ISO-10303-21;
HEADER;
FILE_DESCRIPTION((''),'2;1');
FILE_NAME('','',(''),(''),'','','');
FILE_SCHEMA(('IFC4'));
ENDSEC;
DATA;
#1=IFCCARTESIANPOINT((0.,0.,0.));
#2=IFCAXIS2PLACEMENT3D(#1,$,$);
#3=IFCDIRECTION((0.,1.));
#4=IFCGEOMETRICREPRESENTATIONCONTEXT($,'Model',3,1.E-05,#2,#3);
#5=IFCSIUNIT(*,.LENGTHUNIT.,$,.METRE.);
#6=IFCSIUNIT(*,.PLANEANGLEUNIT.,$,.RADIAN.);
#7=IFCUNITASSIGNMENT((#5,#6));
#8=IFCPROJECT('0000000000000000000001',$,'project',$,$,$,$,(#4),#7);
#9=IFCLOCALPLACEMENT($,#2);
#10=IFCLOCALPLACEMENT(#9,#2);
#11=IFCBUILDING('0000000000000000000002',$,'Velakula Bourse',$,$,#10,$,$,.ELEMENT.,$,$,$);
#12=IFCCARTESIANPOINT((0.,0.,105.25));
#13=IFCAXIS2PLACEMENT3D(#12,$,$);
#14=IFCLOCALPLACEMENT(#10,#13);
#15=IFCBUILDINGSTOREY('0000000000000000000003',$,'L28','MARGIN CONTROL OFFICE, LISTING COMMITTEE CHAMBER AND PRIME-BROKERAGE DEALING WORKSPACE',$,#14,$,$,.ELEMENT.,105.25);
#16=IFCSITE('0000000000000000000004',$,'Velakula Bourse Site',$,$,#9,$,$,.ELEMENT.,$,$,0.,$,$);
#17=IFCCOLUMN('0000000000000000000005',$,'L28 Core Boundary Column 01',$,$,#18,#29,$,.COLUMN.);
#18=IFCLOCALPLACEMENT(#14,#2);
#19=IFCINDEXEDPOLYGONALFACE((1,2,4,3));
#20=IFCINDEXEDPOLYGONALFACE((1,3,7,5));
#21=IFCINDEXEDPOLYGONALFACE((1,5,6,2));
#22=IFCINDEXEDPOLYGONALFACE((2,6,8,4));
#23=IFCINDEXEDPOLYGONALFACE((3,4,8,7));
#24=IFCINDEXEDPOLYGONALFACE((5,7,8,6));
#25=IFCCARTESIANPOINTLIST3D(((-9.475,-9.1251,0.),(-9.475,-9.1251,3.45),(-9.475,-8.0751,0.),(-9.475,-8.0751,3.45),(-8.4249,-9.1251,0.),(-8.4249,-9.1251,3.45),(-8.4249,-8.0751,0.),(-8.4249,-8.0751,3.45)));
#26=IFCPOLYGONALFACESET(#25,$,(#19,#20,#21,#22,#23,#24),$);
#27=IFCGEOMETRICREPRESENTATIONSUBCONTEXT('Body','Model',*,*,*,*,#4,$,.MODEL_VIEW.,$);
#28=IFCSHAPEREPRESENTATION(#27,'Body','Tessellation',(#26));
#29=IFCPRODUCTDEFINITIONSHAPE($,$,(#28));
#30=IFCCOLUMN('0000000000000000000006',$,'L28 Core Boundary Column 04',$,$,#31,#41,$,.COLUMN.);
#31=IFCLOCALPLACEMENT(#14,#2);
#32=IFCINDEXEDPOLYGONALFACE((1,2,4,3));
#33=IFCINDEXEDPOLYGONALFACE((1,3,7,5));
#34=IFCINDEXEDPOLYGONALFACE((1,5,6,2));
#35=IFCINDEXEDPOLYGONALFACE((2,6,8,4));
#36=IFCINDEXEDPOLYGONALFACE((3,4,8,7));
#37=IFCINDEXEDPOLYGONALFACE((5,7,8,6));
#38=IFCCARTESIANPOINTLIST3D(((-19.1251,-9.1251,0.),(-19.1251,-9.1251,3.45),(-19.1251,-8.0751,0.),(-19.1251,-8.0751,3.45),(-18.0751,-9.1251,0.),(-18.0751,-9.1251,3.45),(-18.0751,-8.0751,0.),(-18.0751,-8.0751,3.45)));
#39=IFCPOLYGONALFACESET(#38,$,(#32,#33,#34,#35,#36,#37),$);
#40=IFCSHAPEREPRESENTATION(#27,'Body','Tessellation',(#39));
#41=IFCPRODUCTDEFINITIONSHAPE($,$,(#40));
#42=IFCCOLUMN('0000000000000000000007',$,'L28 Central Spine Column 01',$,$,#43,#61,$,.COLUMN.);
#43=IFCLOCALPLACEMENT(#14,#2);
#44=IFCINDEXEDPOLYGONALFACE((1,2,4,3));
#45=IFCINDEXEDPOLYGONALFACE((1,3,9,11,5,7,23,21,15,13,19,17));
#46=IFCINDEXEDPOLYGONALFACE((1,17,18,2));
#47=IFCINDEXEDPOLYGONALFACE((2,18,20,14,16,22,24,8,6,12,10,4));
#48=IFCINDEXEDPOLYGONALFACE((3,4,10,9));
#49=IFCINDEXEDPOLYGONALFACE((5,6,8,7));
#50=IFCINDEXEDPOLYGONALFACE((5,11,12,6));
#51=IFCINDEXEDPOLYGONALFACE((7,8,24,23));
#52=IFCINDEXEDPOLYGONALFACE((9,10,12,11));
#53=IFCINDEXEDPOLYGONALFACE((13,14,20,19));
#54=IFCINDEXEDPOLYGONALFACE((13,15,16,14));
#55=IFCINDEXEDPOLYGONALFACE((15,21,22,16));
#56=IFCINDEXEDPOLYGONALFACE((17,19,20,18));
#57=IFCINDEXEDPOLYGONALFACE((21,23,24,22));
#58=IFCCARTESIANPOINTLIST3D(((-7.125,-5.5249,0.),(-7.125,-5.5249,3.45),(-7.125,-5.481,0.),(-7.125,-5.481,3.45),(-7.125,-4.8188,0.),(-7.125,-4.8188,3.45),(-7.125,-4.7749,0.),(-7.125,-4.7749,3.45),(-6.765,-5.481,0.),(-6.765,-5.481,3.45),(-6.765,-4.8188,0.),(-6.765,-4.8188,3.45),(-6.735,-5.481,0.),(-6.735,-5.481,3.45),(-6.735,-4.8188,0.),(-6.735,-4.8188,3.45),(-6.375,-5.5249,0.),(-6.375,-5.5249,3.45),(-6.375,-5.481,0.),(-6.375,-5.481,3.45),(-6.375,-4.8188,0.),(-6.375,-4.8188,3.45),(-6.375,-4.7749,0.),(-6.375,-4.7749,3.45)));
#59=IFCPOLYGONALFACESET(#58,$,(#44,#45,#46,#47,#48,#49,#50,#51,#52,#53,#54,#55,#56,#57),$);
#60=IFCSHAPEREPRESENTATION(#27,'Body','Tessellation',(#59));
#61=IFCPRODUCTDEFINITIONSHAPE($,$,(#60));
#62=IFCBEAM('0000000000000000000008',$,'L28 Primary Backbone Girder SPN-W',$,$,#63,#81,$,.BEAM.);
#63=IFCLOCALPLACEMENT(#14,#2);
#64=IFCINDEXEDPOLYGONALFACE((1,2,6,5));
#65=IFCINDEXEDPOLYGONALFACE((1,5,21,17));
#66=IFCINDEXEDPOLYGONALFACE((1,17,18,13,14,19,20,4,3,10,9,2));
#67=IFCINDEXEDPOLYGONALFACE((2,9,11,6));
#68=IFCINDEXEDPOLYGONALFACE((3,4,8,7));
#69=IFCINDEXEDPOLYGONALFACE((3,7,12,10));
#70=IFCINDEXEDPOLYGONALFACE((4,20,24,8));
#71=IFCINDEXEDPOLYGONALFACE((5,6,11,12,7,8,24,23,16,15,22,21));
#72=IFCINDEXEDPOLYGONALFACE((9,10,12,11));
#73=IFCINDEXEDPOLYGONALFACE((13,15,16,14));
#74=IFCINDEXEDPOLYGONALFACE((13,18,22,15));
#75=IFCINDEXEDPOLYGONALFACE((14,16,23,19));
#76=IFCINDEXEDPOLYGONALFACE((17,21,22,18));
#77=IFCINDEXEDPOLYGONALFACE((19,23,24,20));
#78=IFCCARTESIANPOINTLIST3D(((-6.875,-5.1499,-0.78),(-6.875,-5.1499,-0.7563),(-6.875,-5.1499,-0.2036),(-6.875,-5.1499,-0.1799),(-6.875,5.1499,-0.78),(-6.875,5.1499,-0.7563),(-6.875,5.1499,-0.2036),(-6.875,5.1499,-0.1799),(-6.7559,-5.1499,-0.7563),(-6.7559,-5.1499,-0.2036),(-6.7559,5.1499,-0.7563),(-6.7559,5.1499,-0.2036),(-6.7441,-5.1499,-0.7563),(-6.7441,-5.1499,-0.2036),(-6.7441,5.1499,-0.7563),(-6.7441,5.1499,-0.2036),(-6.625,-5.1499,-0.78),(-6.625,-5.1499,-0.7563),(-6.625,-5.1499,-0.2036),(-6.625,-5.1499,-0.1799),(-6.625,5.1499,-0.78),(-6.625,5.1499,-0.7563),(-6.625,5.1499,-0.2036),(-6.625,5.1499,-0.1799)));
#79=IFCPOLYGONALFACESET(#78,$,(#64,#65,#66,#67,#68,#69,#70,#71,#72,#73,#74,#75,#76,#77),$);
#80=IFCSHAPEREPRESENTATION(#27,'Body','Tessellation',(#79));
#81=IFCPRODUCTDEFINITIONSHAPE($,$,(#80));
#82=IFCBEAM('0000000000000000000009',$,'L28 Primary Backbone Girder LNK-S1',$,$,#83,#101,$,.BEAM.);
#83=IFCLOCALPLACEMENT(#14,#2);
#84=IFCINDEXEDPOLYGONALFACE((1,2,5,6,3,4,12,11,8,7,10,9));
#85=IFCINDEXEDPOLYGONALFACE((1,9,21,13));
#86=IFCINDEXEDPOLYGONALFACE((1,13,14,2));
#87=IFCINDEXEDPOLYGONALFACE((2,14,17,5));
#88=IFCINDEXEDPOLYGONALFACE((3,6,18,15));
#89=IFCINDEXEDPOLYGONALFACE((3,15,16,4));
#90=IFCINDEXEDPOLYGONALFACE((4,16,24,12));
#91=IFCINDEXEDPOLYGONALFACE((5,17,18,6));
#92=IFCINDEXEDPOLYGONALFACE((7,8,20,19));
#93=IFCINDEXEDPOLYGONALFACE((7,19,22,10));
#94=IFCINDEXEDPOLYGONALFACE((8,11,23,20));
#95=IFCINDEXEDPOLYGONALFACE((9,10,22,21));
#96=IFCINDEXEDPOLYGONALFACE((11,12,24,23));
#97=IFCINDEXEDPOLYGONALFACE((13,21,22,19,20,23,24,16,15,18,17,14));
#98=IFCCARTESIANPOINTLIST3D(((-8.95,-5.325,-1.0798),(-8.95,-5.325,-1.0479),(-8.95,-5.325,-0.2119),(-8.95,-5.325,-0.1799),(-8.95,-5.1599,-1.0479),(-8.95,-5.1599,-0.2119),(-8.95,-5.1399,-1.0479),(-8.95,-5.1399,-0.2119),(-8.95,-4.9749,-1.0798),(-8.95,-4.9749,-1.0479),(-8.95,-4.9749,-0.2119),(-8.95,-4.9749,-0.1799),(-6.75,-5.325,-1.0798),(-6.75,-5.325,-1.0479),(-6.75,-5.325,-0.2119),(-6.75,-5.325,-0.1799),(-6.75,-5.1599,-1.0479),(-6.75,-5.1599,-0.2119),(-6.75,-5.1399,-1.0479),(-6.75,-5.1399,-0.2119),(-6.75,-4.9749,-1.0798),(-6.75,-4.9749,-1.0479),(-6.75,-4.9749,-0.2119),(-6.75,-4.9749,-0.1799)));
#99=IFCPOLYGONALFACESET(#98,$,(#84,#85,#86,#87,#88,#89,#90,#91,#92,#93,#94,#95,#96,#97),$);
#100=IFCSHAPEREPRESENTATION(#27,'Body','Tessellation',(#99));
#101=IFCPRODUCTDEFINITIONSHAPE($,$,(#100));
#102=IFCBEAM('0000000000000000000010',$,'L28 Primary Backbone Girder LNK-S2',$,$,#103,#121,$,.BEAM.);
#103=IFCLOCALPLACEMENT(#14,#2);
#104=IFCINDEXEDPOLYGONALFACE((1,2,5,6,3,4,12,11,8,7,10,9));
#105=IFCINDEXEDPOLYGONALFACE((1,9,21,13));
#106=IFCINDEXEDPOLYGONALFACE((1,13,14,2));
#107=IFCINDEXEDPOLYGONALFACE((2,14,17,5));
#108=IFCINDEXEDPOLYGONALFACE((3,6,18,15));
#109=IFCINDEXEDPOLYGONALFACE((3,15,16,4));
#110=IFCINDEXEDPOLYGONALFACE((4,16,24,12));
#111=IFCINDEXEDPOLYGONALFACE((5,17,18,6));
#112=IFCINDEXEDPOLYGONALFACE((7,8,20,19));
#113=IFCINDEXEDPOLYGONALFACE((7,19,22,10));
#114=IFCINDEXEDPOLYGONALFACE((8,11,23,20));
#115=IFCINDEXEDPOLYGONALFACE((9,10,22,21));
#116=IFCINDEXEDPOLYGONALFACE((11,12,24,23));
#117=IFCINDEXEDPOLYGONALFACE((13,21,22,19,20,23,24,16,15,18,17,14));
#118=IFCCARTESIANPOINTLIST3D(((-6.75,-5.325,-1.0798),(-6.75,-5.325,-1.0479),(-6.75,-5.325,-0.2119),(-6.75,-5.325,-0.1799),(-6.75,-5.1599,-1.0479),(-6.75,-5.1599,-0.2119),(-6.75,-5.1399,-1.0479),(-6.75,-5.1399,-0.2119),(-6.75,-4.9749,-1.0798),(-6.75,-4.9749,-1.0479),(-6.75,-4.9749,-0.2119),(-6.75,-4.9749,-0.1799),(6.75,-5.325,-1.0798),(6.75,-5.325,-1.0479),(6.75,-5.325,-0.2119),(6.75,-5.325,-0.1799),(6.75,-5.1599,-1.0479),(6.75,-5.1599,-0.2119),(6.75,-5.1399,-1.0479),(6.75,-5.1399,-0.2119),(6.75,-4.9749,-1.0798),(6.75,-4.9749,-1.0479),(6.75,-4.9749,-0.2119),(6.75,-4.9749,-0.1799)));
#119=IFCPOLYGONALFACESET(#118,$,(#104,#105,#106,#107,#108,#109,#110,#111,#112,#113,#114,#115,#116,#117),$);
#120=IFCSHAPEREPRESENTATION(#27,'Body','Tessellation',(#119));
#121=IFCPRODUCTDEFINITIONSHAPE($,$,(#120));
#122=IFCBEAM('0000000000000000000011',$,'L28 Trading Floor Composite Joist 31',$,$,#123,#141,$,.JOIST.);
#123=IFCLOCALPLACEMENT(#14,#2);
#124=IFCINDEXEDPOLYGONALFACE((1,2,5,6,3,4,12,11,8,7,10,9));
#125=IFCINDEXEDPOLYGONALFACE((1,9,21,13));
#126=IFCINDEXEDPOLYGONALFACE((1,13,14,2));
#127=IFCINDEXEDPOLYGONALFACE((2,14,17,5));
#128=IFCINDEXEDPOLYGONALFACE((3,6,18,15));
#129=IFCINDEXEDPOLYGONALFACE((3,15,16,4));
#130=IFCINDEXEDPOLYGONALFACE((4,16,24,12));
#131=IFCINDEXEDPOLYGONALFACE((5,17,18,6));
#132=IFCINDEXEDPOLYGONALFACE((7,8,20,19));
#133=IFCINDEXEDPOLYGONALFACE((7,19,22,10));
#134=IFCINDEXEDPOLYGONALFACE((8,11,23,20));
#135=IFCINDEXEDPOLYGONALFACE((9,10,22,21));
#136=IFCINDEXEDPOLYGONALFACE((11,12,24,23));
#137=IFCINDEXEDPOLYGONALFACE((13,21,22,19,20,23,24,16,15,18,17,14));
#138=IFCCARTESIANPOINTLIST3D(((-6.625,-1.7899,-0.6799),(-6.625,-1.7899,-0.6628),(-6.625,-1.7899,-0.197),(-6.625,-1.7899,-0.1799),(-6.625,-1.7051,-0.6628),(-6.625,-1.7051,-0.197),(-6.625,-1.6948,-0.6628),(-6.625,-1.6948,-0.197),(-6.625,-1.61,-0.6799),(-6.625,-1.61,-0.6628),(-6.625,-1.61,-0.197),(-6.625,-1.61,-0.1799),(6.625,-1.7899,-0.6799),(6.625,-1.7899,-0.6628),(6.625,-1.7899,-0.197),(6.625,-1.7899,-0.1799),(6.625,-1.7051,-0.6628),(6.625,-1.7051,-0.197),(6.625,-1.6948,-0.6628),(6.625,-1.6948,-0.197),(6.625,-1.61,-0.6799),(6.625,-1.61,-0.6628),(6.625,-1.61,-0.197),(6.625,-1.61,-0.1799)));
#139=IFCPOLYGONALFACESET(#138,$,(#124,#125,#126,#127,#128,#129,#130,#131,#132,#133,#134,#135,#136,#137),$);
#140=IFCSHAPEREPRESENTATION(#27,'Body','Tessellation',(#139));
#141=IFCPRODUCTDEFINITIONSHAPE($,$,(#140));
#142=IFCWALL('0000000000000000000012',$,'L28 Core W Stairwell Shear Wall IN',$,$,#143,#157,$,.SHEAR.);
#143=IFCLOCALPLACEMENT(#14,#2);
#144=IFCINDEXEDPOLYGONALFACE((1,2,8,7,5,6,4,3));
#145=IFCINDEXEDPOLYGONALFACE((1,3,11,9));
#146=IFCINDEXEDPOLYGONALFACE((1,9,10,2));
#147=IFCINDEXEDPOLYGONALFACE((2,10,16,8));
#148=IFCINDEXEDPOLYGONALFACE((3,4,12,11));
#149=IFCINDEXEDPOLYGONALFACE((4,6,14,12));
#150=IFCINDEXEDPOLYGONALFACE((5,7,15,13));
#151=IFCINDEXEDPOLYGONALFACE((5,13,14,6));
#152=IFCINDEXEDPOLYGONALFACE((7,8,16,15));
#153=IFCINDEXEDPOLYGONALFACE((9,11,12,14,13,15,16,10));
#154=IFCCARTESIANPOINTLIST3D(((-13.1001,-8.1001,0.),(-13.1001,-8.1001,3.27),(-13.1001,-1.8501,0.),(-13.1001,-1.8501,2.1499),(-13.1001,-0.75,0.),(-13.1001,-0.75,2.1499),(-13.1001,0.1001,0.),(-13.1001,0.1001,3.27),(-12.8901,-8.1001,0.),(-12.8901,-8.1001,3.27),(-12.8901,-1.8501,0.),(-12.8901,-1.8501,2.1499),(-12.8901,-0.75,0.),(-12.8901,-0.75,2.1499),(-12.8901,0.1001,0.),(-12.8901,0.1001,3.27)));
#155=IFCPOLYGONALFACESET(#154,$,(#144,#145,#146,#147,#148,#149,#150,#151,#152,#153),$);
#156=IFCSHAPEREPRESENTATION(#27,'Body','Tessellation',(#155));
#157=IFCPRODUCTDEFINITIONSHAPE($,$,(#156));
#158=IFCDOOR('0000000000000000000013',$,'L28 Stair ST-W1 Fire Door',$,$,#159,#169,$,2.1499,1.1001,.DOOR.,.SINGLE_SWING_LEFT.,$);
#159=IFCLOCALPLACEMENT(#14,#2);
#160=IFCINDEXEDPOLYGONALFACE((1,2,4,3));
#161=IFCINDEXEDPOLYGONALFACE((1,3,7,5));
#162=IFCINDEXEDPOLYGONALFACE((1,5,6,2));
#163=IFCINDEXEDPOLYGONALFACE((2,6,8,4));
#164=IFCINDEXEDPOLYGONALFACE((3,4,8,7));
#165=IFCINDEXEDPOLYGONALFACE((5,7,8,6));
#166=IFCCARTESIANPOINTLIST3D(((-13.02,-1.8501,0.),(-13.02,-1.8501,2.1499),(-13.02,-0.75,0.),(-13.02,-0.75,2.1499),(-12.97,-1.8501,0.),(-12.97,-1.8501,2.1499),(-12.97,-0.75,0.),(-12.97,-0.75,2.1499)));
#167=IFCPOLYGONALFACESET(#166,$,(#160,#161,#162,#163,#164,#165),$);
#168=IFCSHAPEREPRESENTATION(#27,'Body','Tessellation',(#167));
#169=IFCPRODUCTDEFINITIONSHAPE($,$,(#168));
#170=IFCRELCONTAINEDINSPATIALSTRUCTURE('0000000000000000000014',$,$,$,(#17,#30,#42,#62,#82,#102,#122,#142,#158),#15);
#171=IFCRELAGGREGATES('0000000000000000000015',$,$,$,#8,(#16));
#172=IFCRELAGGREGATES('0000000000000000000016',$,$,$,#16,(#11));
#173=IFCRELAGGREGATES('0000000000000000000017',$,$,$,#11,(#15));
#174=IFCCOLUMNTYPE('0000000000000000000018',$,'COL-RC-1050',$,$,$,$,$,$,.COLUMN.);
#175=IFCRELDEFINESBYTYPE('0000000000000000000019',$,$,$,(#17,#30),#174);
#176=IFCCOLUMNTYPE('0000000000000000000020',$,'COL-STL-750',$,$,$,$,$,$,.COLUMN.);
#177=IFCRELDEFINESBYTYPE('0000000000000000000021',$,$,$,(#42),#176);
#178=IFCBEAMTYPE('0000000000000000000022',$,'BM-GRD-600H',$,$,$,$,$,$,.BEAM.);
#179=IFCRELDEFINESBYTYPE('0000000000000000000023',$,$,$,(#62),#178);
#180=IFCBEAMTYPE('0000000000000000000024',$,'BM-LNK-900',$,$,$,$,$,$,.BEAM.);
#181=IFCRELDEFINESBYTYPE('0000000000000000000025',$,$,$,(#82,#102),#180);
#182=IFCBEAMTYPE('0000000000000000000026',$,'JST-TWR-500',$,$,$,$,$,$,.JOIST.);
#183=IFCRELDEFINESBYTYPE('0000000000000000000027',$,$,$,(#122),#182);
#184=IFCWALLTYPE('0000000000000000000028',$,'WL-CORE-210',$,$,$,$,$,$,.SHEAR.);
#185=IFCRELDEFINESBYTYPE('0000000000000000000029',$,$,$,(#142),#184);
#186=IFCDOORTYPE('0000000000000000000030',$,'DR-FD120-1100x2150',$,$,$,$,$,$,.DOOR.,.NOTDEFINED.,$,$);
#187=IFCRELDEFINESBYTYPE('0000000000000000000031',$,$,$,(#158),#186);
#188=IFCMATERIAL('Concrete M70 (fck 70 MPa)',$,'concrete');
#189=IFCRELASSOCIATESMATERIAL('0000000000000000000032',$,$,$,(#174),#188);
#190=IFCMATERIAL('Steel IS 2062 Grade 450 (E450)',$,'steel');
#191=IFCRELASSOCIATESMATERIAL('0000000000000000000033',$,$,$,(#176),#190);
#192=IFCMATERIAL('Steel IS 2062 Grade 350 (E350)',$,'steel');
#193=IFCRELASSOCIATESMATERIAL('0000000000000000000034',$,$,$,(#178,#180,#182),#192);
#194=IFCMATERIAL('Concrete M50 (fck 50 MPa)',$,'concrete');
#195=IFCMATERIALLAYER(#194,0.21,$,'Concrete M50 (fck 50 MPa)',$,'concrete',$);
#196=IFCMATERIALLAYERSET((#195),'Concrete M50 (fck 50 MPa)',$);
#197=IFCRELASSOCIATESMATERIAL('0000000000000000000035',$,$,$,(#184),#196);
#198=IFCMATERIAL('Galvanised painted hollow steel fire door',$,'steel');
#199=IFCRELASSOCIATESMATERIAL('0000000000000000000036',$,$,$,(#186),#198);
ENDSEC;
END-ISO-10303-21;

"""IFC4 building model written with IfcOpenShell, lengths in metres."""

from ifc_helpers import new_model, si_unit, direction, frame, frame_2d, origin, origin_2d, place, context, subcontext, project, spatial, rectangle, i_section, extrude, material, layer, layer_set, material_profile, profile_set, type_object, element, fill, save


model = new_model("IFC4")

# Units and contexts
model_context = context("Model", 3, precision=1e-05, world=origin(), true_north=direction((0.0, 1.0)))
body_context = subcontext(model_context, "Body", "Model", "MODEL_VIEW")
ifc_project = project(units=[si_unit("LENGTHUNIT", "METRE"), si_unit("PLANEANGLEUNIT", "RADIAN")], contexts=[model_context])

# Site, building, storey
site_placement = place(None, origin())
site = spatial("IfcSite", under=ifc_project, at=site_placement, Name="Velakula Bourse Site", CompositionType="ELEMENT", RefElevation=0.0)
building_placement = place(site_placement, origin())
building = spatial("IfcBuilding", under=site, at=building_placement, Name="Velakula Bourse", CompositionType="ELEMENT")
storey_placement = place(building_placement, frame((0.0, 0.0, 105.25)))
storey = spatial("IfcBuildingStorey", under=building, at=storey_placement, Name="L28", Description="MARGIN CONTROL OFFICE, LISTING COMMITTEE CHAMBER AND PRIME-BROKERAGE DEALING WORKSPACE", CompositionType="ELEMENT", Elevation=105.25)

# Columns
ifc_material_1 = material(Name="Concrete M70 (fck 70 MPa)", Category="concrete")
ifc_material_profile_1 = material_profile(ifc_material_1, rectangle(XDim=1.05, YDim=1.05, at=origin_2d()), Name="Concrete M70 (fck 70 MPa)")
ifc_profile_set_1 = profile_set([ifc_material_profile_1], Name="Concrete M70 (fck 70 MPa)")
column_type_1 = type_object("IfcColumnType", Name="COL-RC-1050", PredefinedType="COLUMN", material=ifc_profile_set_1)
for number, where, z_axis, x_axis, name in (
    (1, (-8.95, -8.6001, 0.0), (0.0, 0.0, 1.0), (1.0, 0.0, 0.0), "L28 Core Boundary Column 01"),
    (2, (-18.6001, -8.6001, 0.0), (0.0, 0.0, 1.0), (1.0, 0.0, 0.0), "L28 Core Boundary Column 04"),
):
    element("IfcColumn", number, at=place(storey_placement, frame(where, z_axis=z_axis, x_axis=x_axis)), inside=storey, type_object=column_type_1, Name=name, PredefinedType="COLUMN", context=body_context, shape_type="SweptSolid", body=[
        extrude(rectangle(XDim=1.05, YDim=1.05, at=origin_2d()), origin(), (0.0, 0.0, 1.0), 3.45),
    ])
ifc_material_2 = material(Name="Steel IS 2062 Grade 450 (E450)", Category="steel")
ifc_material_profile_2 = material_profile(ifc_material_2, i_section(OverallWidth=0.75, OverallDepth=0.75, WebThickness=0.03, FlangeThickness=0.0439, at=origin_2d()), Name="Steel IS 2062 Grade 450 (E450)")
ifc_profile_set_2 = profile_set([ifc_material_profile_2], Name="Steel IS 2062 Grade 450 (E450)")
column_type_2 = type_object("IfcColumnType", Name="COL-STL-750", PredefinedType="COLUMN", material=ifc_profile_set_2)
column_placement = place(storey_placement, frame((-6.75, -5.1499, 0.0), z_axis=(0.0, 0.0, 1.0), x_axis=(1.0, 0.0, 0.0)))
element("IfcColumn", 3, at=column_placement, inside=storey, type_object=column_type_2, Name="L28 Central Spine Column 01", PredefinedType="COLUMN", context=body_context, shape_type="SweptSolid", body=[
    extrude(i_section(OverallWidth=0.75, OverallDepth=0.75, WebThickness=0.03, FlangeThickness=0.0439, at=origin_2d()), origin(), (0.0, 0.0, 1.0), 3.45),
])

# Beams
ifc_material_3 = material(Name="Steel IS 2062 Grade 350 (E350)", Category="steel")
ifc_material_profile_3 = material_profile(ifc_material_3, i_section(OverallWidth=0.25, OverallDepth=0.6001, WebThickness=0.0117, FlangeThickness=0.0237, at=origin_2d()), Name="Steel IS 2062 Grade 350 (E350)")
ifc_profile_set_3 = profile_set([ifc_material_profile_3], Name="Steel IS 2062 Grade 350 (E350)")
beam_type_1 = type_object("IfcBeamType", Name="BM-GRD-600H", PredefinedType="BEAM", material=ifc_profile_set_3)
beam_1_placement = place(storey_placement, frame((-6.75, -5.1499, -0.48), z_axis=(0.0, 1.0, 0.0), x_axis=(-1.0, 0.0, 0.0)))
element("IfcBeam", 4, at=beam_1_placement, inside=storey, type_object=beam_type_1, Name="L28 Primary Backbone Girder SPN-W", PredefinedType="BEAM", context=body_context, shape_type="SweptSolid", body=[
    extrude(i_section(OverallWidth=0.25, OverallDepth=0.6001, WebThickness=0.0117, FlangeThickness=0.0237, at=origin_2d()), origin(), (0.0, 0.0, 1.0), 10.2998),
])
ifc_material_profile_4 = material_profile(ifc_material_3, i_section(OverallWidth=0.3501, OverallDepth=0.8999, WebThickness=0.02, FlangeThickness=0.032, at=origin_2d()), Name="Steel IS 2062 Grade 350 (E350)")
ifc_profile_set_4 = profile_set([ifc_material_profile_4], Name="Steel IS 2062 Grade 350 (E350)")
beam_type_2 = type_object("IfcBeamType", Name="BM-LNK-900", PredefinedType="BEAM", material=ifc_profile_set_4)
beam_2_placement = place(storey_placement, frame((-8.95, -5.1499, -0.6299), z_axis=(1.0, 0.0, 0.0), x_axis=(0.0, 1.0, 0.0)))
element("IfcBeam", 5, at=beam_2_placement, inside=storey, type_object=beam_type_2, Name="L28 Primary Backbone Girder LNK-S1", PredefinedType="BEAM", context=body_context, shape_type="SweptSolid", body=[
    extrude(i_section(OverallWidth=0.3501, OverallDepth=0.8999, WebThickness=0.02, FlangeThickness=0.032, at=origin_2d()), origin(), (0.0, 0.0, 1.0), 2.2),
])
beam_3_placement = place(storey_placement, frame((-6.75, -5.1499, -0.6299), z_axis=(1.0, 0.0, 0.0), x_axis=(0.0, 1.0, 0.0)))
element("IfcBeam", 6, at=beam_3_placement, inside=storey, type_object=beam_type_2, Name="L28 Primary Backbone Girder LNK-S2", PredefinedType="BEAM", context=body_context, shape_type="SweptSolid", body=[
    extrude(i_section(OverallWidth=0.3501, OverallDepth=0.8999, WebThickness=0.02, FlangeThickness=0.032, at=origin_2d()), origin(), (0.0, 0.0, 1.0), 13.5),
])
ifc_material_profile_5 = material_profile(ifc_material_3, i_section(OverallWidth=0.1799, OverallDepth=0.5, WebThickness=0.0103, FlangeThickness=0.0171, at=origin_2d()), Name="Steel IS 2062 Grade 350 (E350)")
ifc_profile_set_5 = profile_set([ifc_material_profile_5], Name="Steel IS 2062 Grade 350 (E350)")
beam_type_3 = type_object("IfcBeamType", Name="JST-TWR-500", PredefinedType="JOIST", material=ifc_profile_set_5)
beam_4_placement = place(storey_placement, frame((-6.625, -1.7, -0.4299), z_axis=(1.0, 0.0, 0.0), x_axis=(0.0, 1.0, 0.0)))
element("IfcBeam", 7, at=beam_4_placement, inside=storey, type_object=beam_type_3, Name="L28 Trading Floor Composite Joist 31", PredefinedType="JOIST", context=body_context, shape_type="SweptSolid", body=[
    extrude(i_section(OverallWidth=0.1799, OverallDepth=0.5, WebThickness=0.0103, FlangeThickness=0.0171, at=origin_2d()), origin(), (0.0, 0.0, 1.0), 13.25),
])

# Wall, opening, door
ifc_material_4 = material(Name="Concrete M50 (fck 50 MPa)", Category="concrete")
ifc_layer_1 = layer(ifc_material_4, 0.21, Name="Concrete M50 (fck 50 MPa)", Category="concrete")
ifc_layer_set_1 = layer_set([ifc_layer_1], Name="Concrete M50 (fck 50 MPa)")
wall_type_1 = type_object("IfcWallType", Name="WL-CORE-210", PredefinedType="SHEAR", material=ifc_layer_set_1)
wall_1_placement = place(storey_placement, frame((-12.9951, -8.1001, 0.0), z_axis=(0.0, 0.0, 1.0), x_axis=(0.0, 1.0, 0.0)))
wall_1 = element("IfcWall", 8, at=wall_1_placement, inside=storey, type_object=wall_type_1, Name="L28 Core W Stairwell Shear Wall IN", PredefinedType="SHEAR", context=body_context, shape_type="SweptSolid", body=[
    extrude(rectangle(XDim=8.2002, YDim=0.21, at=frame_2d((4.1001, 0.0))), origin(), (0.0, 0.0, 1.0), 3.27),
])
opening_1_placement = place(wall_1_placement, frame((6.25, 0.0, 0.0)))
opening_1 = element("IfcOpeningElement", 9, at=opening_1_placement, cuts=wall_1, PredefinedType="OPENING", context=body_context, shape_type="SweptSolid", body=[
    extrude(rectangle(XDim=1.1001, YDim=2.1499, at=frame_2d((0.55, 1.075))), frame((0.0, 0.115, 0.0), z_axis=(0.0, -1.0, 0.0), x_axis=(1.0, 0.0, 0.0)), (0.0, 0.0, 1.0), 0.23),
])
ifc_material_5 = material(Name="Galvanised painted hollow steel fire door", Category="steel")
door_type_1 = type_object("IfcDoorType", Name="DR-FD120-1100x2150", OperationType="NOTDEFINED", PredefinedType="DOOR", material=ifc_material_5)
door_1_placement = place(opening_1_placement, origin())
door_1 = element("IfcDoor", 10, at=door_1_placement, inside=storey, type_object=door_type_1, Name="L28 Stair ST-W1 Fire Door", OperationType="SINGLE_SWING_LEFT", OverallHeight=2.1499, OverallWidth=1.1001, PredefinedType="DOOR", context=body_context, shape_type="SweptSolid", body=[
    extrude(rectangle(XDim=1.1001, YDim=2.1499, at=frame_2d((0.55, 1.075))), frame((0.0, 0.0249, 0.0), z_axis=(0.0, -1.0, 0.0), x_axis=(1.0, 0.0, 0.0)), (0.0, 0.0, 1.0), 0.05),
])
fill(opening_1, door_1)

save(model, "model.ifc")
